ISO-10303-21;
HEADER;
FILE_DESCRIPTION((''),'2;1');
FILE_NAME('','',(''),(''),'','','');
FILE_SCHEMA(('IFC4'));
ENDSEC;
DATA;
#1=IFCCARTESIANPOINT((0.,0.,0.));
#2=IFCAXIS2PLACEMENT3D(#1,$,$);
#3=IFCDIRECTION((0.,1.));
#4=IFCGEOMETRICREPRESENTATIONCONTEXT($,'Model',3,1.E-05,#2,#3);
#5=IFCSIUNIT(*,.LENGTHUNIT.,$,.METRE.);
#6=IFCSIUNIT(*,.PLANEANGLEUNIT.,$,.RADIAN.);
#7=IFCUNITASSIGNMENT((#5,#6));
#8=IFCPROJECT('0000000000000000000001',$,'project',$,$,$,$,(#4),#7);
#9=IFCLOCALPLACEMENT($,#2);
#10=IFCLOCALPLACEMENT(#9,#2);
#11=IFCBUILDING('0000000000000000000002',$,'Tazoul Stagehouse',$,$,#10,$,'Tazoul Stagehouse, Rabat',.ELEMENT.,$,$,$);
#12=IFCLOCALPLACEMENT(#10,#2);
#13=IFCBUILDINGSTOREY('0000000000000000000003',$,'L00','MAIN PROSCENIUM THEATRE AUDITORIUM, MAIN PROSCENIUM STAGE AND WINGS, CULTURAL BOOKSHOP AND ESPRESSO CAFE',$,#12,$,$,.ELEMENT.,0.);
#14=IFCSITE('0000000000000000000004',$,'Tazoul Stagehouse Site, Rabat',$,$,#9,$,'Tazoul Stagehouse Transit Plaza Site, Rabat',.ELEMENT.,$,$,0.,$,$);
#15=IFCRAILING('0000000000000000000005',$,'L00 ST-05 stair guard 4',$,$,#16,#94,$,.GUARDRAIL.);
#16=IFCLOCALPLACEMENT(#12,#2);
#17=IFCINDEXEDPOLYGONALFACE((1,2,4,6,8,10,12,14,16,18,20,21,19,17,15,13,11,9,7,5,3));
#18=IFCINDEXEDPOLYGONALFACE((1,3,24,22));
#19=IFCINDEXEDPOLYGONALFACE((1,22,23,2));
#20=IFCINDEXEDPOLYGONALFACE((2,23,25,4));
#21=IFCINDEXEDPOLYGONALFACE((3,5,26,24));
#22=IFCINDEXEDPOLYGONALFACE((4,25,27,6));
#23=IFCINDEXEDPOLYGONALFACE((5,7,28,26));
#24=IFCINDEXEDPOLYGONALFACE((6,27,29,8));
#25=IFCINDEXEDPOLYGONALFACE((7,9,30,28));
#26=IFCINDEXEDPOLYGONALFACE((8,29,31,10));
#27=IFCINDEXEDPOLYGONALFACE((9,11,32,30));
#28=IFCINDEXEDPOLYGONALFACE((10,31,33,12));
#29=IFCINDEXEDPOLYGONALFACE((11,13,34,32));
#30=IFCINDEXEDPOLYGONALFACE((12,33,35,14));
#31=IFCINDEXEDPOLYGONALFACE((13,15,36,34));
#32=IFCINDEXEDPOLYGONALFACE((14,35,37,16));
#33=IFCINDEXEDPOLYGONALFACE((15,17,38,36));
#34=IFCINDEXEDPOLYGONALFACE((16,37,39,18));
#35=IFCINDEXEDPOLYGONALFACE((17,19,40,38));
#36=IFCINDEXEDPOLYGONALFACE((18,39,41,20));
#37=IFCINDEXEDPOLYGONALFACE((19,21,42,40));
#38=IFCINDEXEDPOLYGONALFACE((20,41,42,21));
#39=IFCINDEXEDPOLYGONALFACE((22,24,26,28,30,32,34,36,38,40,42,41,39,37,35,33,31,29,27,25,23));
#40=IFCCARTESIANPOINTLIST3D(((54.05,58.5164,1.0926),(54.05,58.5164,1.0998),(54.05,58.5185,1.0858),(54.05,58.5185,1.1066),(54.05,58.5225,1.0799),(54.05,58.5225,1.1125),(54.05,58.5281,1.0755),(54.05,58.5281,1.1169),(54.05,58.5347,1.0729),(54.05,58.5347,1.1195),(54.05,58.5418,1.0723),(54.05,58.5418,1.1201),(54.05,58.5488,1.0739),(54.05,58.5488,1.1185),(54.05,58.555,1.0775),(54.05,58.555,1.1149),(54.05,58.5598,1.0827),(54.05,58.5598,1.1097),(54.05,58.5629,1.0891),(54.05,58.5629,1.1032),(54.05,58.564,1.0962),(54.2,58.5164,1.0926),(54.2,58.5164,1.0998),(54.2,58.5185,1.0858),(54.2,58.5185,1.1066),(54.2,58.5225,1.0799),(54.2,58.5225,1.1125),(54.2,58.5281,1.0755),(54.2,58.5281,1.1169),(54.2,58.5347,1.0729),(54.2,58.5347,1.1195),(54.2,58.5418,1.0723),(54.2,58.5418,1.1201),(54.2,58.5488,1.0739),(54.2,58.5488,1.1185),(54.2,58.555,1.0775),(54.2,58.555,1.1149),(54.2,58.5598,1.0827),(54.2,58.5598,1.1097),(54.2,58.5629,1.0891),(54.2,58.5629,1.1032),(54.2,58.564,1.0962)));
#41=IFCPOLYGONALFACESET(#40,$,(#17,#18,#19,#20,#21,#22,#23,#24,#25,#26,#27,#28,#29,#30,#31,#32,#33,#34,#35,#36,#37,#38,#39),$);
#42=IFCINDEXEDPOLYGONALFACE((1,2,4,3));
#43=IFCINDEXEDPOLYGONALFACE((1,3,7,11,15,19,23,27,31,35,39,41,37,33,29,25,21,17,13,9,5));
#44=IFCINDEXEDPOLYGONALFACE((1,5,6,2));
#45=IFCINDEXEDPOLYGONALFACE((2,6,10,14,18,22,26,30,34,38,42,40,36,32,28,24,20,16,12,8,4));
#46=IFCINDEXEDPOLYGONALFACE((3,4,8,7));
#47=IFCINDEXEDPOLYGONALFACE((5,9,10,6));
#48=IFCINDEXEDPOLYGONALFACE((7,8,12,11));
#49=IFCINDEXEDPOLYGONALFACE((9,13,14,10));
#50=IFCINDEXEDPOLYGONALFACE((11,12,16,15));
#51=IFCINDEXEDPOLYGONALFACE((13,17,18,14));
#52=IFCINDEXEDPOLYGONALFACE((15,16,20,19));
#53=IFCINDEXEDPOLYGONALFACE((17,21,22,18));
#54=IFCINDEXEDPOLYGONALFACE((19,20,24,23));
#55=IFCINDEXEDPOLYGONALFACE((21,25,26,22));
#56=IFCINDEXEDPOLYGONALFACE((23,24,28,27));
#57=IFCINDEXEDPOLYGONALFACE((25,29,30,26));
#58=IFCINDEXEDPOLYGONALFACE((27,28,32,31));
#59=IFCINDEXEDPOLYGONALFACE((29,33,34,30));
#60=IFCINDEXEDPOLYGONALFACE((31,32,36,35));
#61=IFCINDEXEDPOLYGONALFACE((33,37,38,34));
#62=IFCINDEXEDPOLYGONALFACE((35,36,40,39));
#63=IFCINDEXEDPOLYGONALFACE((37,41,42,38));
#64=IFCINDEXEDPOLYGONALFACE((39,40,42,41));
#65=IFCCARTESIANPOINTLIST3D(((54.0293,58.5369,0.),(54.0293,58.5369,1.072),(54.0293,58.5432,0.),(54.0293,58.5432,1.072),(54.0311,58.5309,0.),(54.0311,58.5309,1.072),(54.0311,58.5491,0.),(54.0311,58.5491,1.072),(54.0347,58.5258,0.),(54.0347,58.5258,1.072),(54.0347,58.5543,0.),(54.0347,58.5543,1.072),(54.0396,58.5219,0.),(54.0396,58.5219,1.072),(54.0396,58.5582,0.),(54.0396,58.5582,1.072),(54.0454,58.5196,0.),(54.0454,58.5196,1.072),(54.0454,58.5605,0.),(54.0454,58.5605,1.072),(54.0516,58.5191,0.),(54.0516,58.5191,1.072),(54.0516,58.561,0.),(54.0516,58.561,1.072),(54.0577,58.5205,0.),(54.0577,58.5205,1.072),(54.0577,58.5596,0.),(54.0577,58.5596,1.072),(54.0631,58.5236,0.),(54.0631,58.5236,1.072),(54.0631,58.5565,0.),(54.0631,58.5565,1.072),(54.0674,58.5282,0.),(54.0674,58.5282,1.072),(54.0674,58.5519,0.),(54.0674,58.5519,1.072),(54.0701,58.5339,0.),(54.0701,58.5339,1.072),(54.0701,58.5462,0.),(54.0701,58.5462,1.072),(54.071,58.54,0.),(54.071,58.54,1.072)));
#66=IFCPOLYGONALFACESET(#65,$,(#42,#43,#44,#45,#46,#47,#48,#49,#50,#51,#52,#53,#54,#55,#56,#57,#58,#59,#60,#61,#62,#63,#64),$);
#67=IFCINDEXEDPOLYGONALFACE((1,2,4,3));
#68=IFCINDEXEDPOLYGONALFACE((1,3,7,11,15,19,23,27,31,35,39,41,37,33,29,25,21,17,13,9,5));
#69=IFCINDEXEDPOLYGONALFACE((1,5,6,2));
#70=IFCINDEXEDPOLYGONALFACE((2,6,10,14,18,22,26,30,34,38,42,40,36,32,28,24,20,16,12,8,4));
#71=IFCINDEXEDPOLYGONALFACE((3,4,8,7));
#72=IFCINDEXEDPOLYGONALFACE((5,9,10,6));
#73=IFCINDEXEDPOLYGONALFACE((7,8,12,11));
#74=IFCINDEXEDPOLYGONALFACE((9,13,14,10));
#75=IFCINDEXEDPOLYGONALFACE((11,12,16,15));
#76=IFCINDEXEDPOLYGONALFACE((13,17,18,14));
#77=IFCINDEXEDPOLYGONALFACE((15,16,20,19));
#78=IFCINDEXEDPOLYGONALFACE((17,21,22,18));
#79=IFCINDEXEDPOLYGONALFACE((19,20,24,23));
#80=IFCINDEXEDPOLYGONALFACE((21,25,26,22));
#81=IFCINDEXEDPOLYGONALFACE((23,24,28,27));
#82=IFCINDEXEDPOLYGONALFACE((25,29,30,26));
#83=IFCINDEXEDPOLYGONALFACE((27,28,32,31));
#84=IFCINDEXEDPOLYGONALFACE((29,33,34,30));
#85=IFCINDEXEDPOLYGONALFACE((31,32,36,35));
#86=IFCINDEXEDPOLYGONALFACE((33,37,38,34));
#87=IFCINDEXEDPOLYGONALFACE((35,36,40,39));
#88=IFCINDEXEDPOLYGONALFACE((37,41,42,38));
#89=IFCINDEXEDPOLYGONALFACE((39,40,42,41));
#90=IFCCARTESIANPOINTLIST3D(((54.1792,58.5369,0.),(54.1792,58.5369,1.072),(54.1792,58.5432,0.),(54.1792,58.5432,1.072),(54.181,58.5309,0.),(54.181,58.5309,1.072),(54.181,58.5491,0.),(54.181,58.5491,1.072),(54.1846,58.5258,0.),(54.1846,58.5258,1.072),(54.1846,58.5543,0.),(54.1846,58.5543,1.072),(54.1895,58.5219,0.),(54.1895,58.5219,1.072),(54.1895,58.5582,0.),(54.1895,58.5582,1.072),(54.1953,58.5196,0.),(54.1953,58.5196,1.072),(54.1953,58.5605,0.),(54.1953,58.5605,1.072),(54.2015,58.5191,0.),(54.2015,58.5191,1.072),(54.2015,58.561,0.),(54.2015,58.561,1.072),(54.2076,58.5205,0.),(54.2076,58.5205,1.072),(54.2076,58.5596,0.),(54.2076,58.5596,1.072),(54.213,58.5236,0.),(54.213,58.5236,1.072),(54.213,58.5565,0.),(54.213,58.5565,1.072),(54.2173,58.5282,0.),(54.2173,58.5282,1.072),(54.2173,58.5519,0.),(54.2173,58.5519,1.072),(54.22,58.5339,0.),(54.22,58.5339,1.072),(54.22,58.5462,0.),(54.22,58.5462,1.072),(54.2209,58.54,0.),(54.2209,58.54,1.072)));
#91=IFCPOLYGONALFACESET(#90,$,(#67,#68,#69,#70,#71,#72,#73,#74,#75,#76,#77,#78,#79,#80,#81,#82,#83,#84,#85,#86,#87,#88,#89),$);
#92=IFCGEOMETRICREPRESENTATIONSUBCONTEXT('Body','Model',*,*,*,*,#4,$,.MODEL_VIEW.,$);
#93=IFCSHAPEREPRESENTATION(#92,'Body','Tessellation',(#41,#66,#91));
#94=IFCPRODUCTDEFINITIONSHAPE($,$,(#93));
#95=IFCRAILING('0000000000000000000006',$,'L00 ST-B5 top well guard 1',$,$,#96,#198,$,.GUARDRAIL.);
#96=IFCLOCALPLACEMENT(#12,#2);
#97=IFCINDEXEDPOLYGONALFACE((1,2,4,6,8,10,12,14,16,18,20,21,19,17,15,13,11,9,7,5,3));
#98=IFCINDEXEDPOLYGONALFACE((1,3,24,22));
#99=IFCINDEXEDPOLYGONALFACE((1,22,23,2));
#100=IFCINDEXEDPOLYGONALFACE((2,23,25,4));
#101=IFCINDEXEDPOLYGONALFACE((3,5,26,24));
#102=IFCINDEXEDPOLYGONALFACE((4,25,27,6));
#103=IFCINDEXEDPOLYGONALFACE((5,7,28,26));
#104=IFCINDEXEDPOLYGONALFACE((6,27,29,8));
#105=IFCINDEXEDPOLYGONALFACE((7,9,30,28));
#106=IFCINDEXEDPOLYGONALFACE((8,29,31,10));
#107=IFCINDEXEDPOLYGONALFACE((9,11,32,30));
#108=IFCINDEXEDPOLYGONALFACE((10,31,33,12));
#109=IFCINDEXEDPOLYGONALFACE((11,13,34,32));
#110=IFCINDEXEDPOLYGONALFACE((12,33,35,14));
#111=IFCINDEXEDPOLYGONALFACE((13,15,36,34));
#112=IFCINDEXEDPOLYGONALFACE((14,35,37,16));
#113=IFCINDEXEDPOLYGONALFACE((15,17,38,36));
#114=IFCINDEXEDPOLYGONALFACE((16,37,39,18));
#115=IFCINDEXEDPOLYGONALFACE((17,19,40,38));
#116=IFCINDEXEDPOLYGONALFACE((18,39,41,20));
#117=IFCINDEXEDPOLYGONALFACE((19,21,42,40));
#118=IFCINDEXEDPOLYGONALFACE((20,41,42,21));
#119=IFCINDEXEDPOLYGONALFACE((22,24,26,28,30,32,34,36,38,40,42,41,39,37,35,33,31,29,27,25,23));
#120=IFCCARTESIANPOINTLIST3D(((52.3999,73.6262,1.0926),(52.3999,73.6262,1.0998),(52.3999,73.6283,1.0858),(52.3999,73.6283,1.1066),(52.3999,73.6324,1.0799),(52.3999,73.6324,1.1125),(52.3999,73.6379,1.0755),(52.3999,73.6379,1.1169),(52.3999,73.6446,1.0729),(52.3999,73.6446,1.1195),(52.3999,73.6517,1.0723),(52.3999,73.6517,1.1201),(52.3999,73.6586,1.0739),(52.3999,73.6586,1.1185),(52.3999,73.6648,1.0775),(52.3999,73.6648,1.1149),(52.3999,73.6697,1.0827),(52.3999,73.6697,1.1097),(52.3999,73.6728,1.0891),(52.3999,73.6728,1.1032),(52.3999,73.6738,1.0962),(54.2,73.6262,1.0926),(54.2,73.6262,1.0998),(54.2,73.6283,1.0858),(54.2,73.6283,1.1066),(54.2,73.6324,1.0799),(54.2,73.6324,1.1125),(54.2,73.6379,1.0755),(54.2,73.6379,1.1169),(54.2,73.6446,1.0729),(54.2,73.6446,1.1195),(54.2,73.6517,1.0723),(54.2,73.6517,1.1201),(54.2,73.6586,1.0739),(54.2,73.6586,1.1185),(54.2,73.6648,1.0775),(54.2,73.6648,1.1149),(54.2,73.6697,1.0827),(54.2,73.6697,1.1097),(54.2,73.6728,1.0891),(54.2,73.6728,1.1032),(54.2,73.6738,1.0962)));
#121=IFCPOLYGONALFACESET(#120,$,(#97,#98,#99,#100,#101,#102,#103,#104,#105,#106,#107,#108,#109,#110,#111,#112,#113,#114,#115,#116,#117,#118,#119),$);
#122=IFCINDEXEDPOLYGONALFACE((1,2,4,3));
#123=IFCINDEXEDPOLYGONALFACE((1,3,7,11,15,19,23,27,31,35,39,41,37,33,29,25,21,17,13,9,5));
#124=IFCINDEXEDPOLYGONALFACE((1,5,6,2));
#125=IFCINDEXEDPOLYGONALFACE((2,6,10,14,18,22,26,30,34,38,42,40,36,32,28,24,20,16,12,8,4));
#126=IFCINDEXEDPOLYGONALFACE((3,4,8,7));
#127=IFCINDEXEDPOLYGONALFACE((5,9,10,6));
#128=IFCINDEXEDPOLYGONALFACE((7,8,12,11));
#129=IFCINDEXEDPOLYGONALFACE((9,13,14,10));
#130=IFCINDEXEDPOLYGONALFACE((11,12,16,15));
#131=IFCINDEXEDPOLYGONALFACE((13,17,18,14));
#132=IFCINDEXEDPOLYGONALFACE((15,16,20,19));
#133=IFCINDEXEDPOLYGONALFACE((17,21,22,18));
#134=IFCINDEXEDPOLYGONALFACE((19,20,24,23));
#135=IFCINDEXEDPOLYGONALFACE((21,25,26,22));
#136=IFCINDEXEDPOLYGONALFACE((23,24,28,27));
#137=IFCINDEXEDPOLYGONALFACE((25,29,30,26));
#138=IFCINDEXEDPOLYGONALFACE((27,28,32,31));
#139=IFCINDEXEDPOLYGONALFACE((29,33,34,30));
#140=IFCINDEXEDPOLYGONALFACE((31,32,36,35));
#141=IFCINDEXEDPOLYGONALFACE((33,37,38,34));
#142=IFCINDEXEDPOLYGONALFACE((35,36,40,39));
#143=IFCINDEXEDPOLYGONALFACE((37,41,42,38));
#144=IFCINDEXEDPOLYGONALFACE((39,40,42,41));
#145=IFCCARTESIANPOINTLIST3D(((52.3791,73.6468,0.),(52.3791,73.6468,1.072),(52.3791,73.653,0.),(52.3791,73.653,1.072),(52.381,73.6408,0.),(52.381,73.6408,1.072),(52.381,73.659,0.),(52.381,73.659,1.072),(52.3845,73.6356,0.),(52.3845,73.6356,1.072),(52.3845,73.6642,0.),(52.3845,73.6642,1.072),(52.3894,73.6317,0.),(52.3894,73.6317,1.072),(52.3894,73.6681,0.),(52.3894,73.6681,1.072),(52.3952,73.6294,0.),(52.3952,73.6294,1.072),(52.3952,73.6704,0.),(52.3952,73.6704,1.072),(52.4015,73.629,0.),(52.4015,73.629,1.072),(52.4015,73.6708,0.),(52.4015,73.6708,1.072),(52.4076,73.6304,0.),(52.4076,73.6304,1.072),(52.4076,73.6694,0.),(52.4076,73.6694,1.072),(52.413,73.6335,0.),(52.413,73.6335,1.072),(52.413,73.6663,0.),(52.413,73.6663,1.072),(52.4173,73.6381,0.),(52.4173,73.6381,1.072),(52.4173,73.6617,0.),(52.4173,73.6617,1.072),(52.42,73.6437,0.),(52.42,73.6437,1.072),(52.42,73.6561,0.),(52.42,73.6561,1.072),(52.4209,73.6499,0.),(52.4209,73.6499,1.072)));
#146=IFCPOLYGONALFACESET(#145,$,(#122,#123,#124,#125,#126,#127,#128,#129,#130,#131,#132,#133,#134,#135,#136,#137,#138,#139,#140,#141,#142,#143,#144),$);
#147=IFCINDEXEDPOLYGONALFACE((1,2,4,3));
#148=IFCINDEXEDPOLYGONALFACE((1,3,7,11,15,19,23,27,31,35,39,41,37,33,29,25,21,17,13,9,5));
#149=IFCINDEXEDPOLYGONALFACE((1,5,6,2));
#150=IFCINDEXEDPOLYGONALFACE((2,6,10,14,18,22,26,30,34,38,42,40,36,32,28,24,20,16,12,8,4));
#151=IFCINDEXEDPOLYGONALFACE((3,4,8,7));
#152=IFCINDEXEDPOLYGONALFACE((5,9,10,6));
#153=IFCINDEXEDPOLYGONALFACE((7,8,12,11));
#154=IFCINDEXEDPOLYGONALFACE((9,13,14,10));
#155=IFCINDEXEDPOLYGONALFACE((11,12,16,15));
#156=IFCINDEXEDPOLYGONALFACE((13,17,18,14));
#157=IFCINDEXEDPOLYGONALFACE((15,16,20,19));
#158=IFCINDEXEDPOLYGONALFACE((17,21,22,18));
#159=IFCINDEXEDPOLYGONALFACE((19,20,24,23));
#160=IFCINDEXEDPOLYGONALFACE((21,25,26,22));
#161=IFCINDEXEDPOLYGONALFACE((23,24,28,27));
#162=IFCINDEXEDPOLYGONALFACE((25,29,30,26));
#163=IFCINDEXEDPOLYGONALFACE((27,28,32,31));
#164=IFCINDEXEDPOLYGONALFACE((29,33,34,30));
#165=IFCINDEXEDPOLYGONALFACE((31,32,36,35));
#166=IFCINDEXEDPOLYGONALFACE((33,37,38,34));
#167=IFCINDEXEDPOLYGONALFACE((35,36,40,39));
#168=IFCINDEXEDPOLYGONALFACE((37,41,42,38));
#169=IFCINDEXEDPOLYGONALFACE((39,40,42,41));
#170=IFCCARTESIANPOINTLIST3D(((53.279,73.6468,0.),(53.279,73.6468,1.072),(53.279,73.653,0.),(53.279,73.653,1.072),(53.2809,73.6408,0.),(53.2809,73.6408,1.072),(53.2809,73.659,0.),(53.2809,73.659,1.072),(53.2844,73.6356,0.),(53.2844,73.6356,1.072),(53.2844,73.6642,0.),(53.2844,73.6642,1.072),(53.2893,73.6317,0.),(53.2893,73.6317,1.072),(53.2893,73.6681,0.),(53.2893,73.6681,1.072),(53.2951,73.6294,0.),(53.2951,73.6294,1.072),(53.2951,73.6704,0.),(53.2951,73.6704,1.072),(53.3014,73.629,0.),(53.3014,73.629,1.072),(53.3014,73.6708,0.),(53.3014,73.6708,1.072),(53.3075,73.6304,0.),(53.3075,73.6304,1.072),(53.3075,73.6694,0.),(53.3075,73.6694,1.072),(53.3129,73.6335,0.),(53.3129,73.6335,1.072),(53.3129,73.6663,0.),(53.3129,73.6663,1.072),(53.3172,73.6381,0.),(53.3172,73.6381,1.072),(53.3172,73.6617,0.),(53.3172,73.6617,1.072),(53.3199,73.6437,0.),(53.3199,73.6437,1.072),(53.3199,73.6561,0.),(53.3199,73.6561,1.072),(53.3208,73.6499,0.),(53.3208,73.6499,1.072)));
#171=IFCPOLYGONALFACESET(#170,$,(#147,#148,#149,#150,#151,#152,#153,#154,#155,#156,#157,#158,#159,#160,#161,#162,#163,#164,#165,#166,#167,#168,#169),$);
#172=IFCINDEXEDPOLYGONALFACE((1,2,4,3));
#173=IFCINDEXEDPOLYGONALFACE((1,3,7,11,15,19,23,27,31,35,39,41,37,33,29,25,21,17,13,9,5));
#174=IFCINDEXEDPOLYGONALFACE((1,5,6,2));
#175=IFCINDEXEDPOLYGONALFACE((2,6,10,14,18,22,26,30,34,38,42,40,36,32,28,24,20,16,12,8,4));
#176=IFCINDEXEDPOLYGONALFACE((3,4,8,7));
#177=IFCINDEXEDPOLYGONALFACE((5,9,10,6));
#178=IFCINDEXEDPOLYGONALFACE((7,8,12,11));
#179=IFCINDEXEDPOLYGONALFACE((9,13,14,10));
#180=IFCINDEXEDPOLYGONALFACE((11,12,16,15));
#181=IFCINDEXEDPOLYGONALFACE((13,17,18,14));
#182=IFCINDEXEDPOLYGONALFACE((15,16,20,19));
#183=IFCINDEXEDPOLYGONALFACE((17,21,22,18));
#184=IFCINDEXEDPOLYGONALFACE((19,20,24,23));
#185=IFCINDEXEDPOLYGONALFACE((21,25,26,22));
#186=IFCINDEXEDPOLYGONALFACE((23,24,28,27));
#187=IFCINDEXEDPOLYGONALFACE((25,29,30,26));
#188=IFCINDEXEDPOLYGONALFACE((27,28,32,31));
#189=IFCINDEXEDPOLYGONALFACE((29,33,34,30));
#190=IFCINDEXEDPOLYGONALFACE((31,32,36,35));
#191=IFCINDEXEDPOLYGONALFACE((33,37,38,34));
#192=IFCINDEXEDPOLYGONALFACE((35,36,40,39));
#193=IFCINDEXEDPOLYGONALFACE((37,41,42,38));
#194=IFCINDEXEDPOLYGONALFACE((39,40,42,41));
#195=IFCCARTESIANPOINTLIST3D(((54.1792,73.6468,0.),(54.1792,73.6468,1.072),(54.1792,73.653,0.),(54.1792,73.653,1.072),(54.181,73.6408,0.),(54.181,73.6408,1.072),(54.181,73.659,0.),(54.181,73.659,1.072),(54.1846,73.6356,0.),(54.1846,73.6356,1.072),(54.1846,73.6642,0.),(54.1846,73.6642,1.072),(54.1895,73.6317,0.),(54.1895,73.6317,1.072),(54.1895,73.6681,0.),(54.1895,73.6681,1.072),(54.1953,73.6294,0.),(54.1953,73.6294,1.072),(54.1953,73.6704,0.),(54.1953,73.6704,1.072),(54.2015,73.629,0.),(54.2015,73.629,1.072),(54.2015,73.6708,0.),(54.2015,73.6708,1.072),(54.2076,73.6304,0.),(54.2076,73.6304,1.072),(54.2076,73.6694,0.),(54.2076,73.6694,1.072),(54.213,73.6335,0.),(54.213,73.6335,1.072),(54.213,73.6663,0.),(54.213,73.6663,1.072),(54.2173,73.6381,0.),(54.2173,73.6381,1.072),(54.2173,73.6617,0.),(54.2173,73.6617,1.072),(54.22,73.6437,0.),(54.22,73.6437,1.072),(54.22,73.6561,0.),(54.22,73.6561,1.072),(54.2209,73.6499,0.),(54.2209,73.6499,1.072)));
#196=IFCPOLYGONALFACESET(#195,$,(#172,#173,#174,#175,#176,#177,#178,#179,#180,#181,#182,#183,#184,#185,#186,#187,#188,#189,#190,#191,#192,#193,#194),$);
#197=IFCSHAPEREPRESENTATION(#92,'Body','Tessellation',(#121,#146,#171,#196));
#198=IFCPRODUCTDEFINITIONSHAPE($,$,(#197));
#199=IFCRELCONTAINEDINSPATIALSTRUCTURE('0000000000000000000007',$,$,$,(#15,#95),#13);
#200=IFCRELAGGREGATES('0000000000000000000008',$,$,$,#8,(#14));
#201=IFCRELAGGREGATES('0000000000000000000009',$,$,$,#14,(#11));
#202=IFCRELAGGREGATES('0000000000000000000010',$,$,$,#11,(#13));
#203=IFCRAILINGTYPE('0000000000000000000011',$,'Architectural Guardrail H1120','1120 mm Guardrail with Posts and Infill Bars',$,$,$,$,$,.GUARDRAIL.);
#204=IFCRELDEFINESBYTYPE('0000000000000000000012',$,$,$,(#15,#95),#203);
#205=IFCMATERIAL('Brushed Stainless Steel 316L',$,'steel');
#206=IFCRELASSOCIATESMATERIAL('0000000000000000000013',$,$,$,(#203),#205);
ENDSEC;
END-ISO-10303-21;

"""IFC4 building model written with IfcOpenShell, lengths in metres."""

from ifc_helpers import new_model, si_unit, direction, frame, origin, origin_2d, place, context, subcontext, project, spatial, circle, extrude, material, material_profile, profile_set, type_object, element, save


model = new_model("IFC4")

# Units and contexts
model_context = context("Model", 3, precision=1e-05, world=origin(), true_north=direction((0.0, 1.0)))
body_context = subcontext(model_context, "Body", "Model", "MODEL_VIEW")
ifc_project = project(units=[si_unit("LENGTHUNIT", "METRE"), si_unit("PLANEANGLEUNIT", "RADIAN")], contexts=[model_context])

# Site, building, storey
site_placement = place(None, origin())
site = spatial("IfcSite", under=ifc_project, at=site_placement, Name="Tazoul Stagehouse Site, Rabat", LongName="Tazoul Stagehouse Transit Plaza Site, Rabat", CompositionType="ELEMENT", RefElevation=0.0)
building_placement = place(site_placement, origin())
building = spatial("IfcBuilding", under=site, at=building_placement, Name="Tazoul Stagehouse", LongName="Tazoul Stagehouse, Rabat", CompositionType="ELEMENT")
storey_placement = place(building_placement, origin())
storey = spatial("IfcBuildingStorey", under=building, at=storey_placement, Name="L00", Description="MAIN PROSCENIUM THEATRE AUDITORIUM, MAIN PROSCENIUM STAGE AND WINGS, CULTURAL BOOKSHOP AND ESPRESSO CAFE", CompositionType="ELEMENT", Elevation=0.0)

# Railings
ifc_material_1 = material(Name="Brushed Stainless Steel 316L", Category="steel")
ifc_material_profile_1 = material_profile(ifc_material_1, circle(Radius=0.0239, at=origin_2d()), Name="SS RAIL D48")
ifc_profile_set_1 = profile_set([ifc_material_profile_1], Name="Brushed Stainless Steel 316L")
railing_type_1 = type_object("IfcRailingType", Name="Architectural Guardrail H1120", Description="1120 mm Guardrail with Posts and Infill Bars", PredefinedType="GUARDRAIL", material=ifc_profile_set_1)
railing_1_placement = place(storey_placement, frame((54.05, 58.54, 0.0)))
element("IfcRailing", 1, at=railing_1_placement, inside=storey, type_object=railing_type_1, Name="L00 ST-05 stair guard 4", PredefinedType="GUARDRAIL", context=body_context, shape_type="SweptSolid", body=[
    extrude(circle(Radius=0.0239, at=origin_2d()), frame((0.0, 0.0, 1.0962), z_axis=(1.0, 0.0, 0.0), x_axis=(0.0, 1.0, 0.0)), (0.0, 0.0, 1.0), 0.1499),
    extrude(circle(Radius=0.021, at=origin_2d()), origin(), (0.0, 0.0, 1.0), 1.072),
    extrude(circle(Radius=0.021, at=origin_2d()), frame((0.1499, 0.0, 0.0)), (0.0, 0.0, 1.0), 1.072),
])
railing_2_placement = place(storey_placement, frame((52.3999, 73.6499, 0.0)))
element("IfcRailing", 2, at=railing_2_placement, inside=storey, type_object=railing_type_1, Name="L00 ST-B5 top well guard 1", PredefinedType="GUARDRAIL", context=body_context, shape_type="SweptSolid", body=[
    extrude(circle(Radius=0.0239, at=origin_2d()), frame((0.0, 0.0, 1.0962), z_axis=(1.0, 0.0, 0.0), x_axis=(0.0, 1.0, 0.0)), (0.0, 0.0, 1.0), 1.8),
    extrude(circle(Radius=0.021, at=origin_2d()), origin(), (0.0, 0.0, 1.0), 1.072),
    extrude(circle(Radius=0.021, at=origin_2d()), frame((0.8999, 0.0, 0.0)), (0.0, 0.0, 1.0), 1.072),
    extrude(circle(Radius=0.021, at=origin_2d()), frame((1.8, 0.0, 0.0)), (0.0, 0.0, 1.0), 1.072),
])

save(model, "model.ifc")
